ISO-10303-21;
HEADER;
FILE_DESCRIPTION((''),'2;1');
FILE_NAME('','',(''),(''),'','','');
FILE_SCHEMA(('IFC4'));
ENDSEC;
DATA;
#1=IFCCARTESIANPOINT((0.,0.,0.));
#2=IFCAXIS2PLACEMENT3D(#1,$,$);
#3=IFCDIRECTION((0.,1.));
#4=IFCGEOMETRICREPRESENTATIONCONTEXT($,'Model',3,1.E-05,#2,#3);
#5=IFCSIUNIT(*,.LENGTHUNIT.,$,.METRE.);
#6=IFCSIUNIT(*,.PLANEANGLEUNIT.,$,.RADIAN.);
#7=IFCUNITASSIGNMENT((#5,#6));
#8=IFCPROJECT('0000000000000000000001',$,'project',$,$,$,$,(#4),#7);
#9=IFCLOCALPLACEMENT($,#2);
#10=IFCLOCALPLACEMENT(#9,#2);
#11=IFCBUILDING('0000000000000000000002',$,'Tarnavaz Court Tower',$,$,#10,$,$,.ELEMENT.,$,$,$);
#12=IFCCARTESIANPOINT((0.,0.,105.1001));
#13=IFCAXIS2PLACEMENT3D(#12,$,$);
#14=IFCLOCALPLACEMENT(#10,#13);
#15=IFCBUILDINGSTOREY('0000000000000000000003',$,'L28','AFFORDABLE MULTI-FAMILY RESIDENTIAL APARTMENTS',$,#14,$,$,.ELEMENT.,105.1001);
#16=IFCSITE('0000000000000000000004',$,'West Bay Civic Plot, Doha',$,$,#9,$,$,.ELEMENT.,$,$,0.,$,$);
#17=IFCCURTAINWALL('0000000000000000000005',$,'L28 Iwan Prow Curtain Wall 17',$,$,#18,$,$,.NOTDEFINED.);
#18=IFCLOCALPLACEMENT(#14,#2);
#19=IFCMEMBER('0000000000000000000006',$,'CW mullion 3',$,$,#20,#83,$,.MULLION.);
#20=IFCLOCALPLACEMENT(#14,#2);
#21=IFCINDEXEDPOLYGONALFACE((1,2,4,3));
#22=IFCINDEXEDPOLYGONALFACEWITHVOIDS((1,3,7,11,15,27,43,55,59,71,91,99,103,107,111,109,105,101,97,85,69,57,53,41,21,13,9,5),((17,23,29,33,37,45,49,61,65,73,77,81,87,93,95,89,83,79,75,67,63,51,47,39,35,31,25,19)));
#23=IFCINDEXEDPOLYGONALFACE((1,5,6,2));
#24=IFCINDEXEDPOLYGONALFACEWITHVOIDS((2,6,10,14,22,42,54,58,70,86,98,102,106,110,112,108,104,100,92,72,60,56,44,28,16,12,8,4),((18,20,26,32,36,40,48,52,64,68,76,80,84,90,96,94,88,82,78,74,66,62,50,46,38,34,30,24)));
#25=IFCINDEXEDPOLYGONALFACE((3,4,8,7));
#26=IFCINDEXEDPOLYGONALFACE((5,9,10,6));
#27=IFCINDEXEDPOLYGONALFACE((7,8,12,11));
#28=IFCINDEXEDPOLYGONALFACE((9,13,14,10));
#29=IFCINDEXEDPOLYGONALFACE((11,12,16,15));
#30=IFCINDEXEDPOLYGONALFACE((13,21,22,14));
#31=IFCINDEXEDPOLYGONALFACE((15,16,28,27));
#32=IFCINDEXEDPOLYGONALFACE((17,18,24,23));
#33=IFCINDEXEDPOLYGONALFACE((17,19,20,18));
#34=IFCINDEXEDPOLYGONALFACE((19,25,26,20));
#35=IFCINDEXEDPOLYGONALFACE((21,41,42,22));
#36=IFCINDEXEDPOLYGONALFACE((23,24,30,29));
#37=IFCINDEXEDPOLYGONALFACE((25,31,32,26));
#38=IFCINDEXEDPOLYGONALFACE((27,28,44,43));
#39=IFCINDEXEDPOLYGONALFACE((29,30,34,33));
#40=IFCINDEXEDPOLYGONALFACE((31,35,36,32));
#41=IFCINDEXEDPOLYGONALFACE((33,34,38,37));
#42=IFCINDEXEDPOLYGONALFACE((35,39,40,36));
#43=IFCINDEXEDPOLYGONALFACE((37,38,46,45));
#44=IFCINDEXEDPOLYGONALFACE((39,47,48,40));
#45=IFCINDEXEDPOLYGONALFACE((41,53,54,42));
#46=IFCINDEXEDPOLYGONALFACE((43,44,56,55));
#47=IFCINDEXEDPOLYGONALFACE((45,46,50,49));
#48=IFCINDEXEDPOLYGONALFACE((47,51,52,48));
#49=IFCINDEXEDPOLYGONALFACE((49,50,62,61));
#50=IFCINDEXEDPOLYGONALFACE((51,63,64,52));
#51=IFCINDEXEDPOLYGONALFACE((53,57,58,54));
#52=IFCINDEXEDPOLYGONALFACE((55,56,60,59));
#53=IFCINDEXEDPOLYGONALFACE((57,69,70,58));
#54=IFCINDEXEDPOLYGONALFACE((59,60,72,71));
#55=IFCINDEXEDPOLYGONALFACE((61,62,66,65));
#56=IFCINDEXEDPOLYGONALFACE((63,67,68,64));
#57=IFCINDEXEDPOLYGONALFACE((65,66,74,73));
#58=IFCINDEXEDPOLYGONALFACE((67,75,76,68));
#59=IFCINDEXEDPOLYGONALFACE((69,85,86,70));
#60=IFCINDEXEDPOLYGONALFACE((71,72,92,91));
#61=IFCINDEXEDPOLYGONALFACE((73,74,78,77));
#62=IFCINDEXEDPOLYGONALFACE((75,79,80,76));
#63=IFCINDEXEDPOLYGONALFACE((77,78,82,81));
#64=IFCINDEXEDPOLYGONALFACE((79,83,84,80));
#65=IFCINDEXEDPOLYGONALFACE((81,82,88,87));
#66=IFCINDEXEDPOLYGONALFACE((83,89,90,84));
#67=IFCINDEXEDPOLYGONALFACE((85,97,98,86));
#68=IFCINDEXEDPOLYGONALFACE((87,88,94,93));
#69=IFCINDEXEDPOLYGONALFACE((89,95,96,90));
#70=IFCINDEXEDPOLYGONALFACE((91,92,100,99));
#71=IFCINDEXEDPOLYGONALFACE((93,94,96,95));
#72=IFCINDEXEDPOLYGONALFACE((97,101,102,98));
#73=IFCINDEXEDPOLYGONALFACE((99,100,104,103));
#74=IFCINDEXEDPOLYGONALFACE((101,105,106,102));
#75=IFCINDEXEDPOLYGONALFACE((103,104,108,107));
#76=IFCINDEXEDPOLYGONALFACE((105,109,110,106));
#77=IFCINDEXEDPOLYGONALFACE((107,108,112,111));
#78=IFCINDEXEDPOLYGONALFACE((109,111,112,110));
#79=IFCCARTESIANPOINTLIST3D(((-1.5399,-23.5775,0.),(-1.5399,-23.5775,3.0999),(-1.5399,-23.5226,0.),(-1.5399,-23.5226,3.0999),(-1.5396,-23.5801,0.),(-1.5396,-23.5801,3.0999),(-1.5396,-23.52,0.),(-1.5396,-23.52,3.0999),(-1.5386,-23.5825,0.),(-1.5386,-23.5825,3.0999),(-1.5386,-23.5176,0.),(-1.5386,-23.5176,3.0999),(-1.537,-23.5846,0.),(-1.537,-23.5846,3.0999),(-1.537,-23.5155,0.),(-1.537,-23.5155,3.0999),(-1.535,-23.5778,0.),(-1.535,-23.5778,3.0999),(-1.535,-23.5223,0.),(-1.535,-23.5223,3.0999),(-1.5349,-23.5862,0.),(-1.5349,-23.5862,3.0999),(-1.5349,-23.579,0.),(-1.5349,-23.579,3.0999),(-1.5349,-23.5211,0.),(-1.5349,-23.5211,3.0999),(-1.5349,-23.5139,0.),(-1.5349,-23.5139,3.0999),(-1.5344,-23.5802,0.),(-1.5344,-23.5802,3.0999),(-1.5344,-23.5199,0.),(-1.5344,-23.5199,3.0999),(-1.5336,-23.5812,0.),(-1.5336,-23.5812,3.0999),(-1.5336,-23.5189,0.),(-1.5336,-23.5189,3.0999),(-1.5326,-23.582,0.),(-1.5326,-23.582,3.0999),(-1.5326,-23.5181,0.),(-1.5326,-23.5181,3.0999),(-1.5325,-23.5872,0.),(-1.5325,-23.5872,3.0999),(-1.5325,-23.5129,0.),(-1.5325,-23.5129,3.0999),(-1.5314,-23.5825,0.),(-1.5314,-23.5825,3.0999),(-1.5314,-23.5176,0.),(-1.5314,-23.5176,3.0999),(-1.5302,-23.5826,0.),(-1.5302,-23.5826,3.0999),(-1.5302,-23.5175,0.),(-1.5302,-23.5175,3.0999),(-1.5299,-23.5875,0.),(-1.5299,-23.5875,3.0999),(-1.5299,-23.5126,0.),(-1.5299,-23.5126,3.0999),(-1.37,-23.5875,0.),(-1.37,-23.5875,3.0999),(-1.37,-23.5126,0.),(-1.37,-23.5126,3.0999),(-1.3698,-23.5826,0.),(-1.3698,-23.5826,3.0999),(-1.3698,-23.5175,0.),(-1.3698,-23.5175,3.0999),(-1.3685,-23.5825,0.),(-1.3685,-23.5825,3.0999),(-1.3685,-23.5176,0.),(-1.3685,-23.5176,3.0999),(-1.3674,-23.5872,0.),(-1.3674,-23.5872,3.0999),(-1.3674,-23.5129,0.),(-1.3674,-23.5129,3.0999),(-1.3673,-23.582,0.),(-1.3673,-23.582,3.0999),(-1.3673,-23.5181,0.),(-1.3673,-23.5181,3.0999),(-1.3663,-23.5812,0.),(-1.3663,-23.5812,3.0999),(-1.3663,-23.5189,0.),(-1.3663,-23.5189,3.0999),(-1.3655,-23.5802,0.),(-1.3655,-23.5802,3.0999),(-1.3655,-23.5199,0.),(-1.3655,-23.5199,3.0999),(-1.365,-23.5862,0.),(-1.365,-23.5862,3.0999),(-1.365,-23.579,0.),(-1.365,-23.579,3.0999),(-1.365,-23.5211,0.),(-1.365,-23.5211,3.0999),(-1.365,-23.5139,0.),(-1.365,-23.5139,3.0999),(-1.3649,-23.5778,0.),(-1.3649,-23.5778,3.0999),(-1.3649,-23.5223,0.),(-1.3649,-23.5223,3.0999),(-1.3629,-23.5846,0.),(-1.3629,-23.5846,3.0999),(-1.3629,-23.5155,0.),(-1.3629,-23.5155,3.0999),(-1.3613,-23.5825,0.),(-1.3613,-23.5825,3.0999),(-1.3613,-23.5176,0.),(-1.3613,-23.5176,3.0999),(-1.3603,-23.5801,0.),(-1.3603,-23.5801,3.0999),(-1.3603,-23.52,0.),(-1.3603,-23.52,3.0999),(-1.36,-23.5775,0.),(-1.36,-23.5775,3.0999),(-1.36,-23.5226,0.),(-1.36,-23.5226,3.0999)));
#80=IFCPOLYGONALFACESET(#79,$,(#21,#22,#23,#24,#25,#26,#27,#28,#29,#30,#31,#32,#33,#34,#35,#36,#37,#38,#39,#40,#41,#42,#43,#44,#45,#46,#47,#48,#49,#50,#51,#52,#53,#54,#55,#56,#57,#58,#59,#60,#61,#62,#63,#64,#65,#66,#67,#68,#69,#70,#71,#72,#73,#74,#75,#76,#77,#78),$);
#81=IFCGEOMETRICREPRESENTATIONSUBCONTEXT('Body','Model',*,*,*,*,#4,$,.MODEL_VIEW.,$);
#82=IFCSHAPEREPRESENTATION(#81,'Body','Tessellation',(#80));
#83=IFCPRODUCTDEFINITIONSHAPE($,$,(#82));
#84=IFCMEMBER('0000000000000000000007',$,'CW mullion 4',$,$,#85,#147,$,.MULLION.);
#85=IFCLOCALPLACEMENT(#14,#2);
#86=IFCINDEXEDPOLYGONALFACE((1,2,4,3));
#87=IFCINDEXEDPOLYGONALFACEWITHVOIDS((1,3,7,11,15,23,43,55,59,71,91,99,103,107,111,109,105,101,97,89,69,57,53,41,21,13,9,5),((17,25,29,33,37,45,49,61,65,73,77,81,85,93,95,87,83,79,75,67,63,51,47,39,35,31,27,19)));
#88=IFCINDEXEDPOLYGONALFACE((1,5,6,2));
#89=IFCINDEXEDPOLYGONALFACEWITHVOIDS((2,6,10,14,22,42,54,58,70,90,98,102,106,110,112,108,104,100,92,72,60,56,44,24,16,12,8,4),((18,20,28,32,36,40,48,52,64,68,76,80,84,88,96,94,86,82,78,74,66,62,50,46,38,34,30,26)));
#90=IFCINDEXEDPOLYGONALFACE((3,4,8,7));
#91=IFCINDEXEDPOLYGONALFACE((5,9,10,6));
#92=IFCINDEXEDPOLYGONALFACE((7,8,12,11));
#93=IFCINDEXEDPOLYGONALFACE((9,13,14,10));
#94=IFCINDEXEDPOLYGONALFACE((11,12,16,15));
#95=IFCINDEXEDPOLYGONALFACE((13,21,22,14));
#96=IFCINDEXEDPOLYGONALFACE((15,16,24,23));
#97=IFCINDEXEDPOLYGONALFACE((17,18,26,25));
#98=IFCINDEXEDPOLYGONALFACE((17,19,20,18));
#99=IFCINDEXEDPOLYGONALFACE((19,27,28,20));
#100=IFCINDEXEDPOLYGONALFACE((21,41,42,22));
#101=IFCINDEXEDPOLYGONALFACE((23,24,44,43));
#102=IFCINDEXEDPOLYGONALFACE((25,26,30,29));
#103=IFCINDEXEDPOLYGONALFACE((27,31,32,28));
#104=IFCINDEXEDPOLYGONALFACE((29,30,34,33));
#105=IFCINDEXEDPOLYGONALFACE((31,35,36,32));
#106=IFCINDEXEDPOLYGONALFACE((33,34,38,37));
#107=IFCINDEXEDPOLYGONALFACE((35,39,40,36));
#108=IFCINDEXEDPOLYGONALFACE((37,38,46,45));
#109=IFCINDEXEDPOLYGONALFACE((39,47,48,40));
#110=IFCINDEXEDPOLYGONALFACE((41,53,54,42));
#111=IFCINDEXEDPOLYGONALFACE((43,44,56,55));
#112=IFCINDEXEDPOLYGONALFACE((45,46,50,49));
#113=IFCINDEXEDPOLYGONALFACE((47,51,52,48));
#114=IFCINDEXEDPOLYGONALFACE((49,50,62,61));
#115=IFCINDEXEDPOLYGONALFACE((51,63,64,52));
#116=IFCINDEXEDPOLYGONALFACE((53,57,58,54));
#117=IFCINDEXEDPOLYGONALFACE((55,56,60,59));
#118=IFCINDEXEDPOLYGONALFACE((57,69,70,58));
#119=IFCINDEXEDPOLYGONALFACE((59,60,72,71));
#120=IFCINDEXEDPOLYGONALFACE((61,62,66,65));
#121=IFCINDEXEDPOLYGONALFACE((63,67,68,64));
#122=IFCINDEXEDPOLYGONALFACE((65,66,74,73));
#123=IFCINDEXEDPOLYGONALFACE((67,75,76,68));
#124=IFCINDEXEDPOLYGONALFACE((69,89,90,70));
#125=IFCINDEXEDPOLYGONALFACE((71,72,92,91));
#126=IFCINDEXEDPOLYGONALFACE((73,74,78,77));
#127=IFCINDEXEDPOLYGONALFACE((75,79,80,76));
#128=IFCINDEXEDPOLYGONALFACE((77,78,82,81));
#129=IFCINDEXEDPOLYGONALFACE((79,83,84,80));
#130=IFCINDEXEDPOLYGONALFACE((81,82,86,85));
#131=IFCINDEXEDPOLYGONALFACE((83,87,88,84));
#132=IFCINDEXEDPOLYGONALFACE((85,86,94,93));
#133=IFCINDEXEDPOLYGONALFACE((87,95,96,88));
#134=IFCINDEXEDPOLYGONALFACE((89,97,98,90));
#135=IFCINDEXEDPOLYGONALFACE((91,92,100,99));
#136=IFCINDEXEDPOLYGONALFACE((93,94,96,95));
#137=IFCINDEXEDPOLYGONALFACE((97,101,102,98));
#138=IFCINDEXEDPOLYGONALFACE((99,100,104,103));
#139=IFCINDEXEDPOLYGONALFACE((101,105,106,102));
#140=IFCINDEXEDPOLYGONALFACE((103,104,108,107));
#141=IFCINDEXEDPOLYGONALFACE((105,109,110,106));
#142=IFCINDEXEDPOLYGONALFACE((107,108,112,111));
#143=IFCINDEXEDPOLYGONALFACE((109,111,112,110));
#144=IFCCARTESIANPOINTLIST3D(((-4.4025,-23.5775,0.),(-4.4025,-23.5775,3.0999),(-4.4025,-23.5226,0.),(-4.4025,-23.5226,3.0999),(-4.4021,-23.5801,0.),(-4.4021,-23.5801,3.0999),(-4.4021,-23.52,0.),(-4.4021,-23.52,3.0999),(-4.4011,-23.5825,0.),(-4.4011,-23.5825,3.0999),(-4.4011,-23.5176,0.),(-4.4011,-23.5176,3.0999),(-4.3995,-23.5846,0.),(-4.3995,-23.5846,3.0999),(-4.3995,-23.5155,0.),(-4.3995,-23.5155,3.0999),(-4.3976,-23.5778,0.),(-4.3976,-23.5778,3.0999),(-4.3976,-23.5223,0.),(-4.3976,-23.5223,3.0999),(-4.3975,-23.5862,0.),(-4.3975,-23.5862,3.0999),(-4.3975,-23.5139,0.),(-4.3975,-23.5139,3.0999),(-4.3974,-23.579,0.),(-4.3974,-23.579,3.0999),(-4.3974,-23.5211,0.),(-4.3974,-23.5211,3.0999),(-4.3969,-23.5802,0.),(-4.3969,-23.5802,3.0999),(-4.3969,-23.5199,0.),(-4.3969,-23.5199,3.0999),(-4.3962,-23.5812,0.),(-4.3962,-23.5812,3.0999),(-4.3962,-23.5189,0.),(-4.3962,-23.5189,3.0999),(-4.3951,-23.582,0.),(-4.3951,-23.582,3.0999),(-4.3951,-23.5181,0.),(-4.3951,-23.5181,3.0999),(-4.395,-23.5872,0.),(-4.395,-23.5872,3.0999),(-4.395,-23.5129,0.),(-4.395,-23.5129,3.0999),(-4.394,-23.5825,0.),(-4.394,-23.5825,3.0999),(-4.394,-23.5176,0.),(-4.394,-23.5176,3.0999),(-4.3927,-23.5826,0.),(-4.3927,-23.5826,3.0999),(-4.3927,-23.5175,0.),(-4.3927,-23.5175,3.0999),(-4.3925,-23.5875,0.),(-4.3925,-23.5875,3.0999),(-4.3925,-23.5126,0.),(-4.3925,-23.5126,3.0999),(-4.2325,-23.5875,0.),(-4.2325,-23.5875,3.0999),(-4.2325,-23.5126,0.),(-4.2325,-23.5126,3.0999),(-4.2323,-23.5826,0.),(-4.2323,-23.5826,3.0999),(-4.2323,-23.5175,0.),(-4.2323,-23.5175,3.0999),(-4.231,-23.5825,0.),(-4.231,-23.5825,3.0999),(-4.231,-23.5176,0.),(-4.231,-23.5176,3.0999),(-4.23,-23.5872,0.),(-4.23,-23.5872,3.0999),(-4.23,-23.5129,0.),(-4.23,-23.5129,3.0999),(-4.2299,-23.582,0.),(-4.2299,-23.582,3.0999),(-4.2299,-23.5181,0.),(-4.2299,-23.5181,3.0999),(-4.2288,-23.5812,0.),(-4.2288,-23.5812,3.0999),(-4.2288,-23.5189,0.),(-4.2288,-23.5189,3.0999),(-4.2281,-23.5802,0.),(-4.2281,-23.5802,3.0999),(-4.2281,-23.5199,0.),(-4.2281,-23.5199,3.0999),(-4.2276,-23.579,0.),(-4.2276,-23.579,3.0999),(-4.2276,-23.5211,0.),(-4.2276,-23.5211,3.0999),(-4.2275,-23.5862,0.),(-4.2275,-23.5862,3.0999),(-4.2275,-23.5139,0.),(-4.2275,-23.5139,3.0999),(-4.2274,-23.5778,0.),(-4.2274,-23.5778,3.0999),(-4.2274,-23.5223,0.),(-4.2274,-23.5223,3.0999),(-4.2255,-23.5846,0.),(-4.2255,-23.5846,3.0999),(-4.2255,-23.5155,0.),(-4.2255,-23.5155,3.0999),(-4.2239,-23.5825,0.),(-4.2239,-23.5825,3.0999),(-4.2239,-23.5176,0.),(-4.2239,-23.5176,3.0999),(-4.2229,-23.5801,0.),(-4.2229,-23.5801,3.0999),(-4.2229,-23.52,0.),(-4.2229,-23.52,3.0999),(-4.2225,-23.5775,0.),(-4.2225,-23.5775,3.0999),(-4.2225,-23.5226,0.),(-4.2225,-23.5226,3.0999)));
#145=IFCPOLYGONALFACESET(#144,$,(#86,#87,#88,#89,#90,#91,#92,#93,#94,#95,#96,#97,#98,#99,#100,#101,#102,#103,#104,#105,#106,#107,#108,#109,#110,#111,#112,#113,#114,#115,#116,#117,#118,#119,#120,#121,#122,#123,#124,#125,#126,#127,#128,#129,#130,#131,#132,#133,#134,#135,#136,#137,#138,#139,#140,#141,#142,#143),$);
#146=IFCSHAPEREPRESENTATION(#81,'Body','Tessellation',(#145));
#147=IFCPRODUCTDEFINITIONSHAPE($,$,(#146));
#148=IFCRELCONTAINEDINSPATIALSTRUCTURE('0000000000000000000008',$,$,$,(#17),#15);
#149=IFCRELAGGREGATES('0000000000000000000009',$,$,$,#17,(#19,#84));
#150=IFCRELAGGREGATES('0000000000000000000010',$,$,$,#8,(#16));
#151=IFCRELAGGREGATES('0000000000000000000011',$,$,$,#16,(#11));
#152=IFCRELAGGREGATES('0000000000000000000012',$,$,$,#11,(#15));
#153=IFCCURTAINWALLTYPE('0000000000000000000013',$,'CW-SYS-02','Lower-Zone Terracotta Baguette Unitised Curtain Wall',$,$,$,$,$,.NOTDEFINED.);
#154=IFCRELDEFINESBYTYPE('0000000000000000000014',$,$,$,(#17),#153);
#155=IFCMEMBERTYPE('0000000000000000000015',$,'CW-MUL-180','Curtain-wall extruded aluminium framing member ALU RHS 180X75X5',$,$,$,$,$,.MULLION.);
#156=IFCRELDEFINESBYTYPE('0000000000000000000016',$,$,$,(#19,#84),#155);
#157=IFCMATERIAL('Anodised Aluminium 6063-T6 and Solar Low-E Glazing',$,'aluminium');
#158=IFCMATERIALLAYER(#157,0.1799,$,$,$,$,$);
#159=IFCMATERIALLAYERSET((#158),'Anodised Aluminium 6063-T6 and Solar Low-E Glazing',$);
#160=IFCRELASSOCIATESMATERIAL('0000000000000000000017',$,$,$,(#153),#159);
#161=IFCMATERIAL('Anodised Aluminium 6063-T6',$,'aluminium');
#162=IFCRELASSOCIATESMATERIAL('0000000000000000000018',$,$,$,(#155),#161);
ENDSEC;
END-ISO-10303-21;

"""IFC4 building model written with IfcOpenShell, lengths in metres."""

from ifc_helpers import new_model, si_unit, direction, frame, origin, origin_2d, place, context, subcontext, project, spatial, hollow_rectangle, extrude, material, layer, layer_set, material_profile, profile_set, type_object, element, aggregate, save


model = new_model("IFC4")

# Units and contexts
model_context = context("Model", 3, precision=1e-05, world=origin(), true_north=direction((0.0, 1.0)))
body_context = subcontext(model_context, "Body", "Model", "MODEL_VIEW")
ifc_project = project(units=[si_unit("LENGTHUNIT", "METRE"), si_unit("PLANEANGLEUNIT", "RADIAN")], contexts=[model_context])

# Site, building, storey
site_placement = place(None, origin())
site = spatial("IfcSite", under=ifc_project, at=site_placement, Name="West Bay Civic Plot, Doha", CompositionType="ELEMENT", RefElevation=0.0)
building_placement = place(site_placement, origin())
building = spatial("IfcBuilding", under=site, at=building_placement, Name="Tarnavaz Court Tower", CompositionType="ELEMENT")
storey_placement = place(building_placement, frame((0.0, 0.0, 105.1001)))
storey = spatial("IfcBuildingStorey", under=building, at=storey_placement, Name="L28", Description="AFFORDABLE MULTI-FAMILY RESIDENTIAL APARTMENTS", CompositionType="ELEMENT", Elevation=105.1001)

# Curtain wall, members
ifc_material_1 = material(Name="Anodised Aluminium 6063-T6 and Solar Low-E Glazing", Category="aluminium")
ifc_layer_1 = layer(ifc_material_1, 0.1799)
ifc_layer_set_1 = layer_set([ifc_layer_1], Name="Anodised Aluminium 6063-T6 and Solar Low-E Glazing")
curtain_wall_type = type_object("IfcCurtainWallType", Name="CW-SYS-02", Description="Lower-Zone Terracotta Baguette Unitised Curtain Wall", PredefinedType="NOTDEFINED", material=ifc_layer_set_1)
curtain_wall_placement = place(storey_placement, origin())
curtain_wall = element("IfcCurtainWall", 1, at=curtain_wall_placement, inside=storey, type_object=curtain_wall_type, Name="L28 Iwan Prow Curtain Wall 17", PredefinedType="NOTDEFINED")
ifc_material_2 = material(Name="Anodised Aluminium 6063-T6", Category="aluminium")
ifc_material_profile_1 = material_profile(ifc_material_2, hollow_rectangle(XDim=0.075, YDim=0.1799, WallThickness=0.0049, InnerFilletRadius=0.0049, OuterFilletRadius=0.01, at=origin_2d()), Name="ALU RHS 180X75X5")
ifc_profile_set_1 = profile_set([ifc_material_profile_1], Name="Anodised Aluminium 6063-T6")
member_type_1 = type_object("IfcMemberType", Name="CW-MUL-180", Description="Curtain-wall extruded aluminium framing member ALU RHS 180X75X5", PredefinedType="MULLION", material=ifc_profile_set_1)
member_1_placement = place(storey_placement, frame((-1.45, -23.55, 0.0), z_axis=(0.0, 0.0, 1.0), x_axis=(0.0, -1.0, 0.0)))
member_1 = element("IfcMember", 2, at=member_1_placement, type_object=member_type_1, Name="CW mullion 3", PredefinedType="MULLION", context=body_context, shape_type="SweptSolid", body=[
    extrude(hollow_rectangle(XDim=0.075, YDim=0.1799, WallThickness=0.0049, InnerFilletRadius=0.0049, OuterFilletRadius=0.01, at=origin_2d()), origin(), (0.0, 0.0, 1.0), 3.0999),
])
member_2_placement = place(storey_placement, frame((-4.3125, -23.55, 0.0), z_axis=(0.0, 0.0, 1.0), x_axis=(0.0, -1.0, 0.0)))
member_2 = element("IfcMember", 3, at=member_2_placement, type_object=member_type_1, Name="CW mullion 4", PredefinedType="MULLION", context=body_context, shape_type="SweptSolid", body=[
    extrude(hollow_rectangle(XDim=0.075, YDim=0.1799, WallThickness=0.0049, InnerFilletRadius=0.0049, OuterFilletRadius=0.01, at=origin_2d()), origin(), (0.0, 0.0, 1.0), 3.0999),
])
aggregate(curtain_wall, [member_1, member_2])

save(model, "model.ifc")
